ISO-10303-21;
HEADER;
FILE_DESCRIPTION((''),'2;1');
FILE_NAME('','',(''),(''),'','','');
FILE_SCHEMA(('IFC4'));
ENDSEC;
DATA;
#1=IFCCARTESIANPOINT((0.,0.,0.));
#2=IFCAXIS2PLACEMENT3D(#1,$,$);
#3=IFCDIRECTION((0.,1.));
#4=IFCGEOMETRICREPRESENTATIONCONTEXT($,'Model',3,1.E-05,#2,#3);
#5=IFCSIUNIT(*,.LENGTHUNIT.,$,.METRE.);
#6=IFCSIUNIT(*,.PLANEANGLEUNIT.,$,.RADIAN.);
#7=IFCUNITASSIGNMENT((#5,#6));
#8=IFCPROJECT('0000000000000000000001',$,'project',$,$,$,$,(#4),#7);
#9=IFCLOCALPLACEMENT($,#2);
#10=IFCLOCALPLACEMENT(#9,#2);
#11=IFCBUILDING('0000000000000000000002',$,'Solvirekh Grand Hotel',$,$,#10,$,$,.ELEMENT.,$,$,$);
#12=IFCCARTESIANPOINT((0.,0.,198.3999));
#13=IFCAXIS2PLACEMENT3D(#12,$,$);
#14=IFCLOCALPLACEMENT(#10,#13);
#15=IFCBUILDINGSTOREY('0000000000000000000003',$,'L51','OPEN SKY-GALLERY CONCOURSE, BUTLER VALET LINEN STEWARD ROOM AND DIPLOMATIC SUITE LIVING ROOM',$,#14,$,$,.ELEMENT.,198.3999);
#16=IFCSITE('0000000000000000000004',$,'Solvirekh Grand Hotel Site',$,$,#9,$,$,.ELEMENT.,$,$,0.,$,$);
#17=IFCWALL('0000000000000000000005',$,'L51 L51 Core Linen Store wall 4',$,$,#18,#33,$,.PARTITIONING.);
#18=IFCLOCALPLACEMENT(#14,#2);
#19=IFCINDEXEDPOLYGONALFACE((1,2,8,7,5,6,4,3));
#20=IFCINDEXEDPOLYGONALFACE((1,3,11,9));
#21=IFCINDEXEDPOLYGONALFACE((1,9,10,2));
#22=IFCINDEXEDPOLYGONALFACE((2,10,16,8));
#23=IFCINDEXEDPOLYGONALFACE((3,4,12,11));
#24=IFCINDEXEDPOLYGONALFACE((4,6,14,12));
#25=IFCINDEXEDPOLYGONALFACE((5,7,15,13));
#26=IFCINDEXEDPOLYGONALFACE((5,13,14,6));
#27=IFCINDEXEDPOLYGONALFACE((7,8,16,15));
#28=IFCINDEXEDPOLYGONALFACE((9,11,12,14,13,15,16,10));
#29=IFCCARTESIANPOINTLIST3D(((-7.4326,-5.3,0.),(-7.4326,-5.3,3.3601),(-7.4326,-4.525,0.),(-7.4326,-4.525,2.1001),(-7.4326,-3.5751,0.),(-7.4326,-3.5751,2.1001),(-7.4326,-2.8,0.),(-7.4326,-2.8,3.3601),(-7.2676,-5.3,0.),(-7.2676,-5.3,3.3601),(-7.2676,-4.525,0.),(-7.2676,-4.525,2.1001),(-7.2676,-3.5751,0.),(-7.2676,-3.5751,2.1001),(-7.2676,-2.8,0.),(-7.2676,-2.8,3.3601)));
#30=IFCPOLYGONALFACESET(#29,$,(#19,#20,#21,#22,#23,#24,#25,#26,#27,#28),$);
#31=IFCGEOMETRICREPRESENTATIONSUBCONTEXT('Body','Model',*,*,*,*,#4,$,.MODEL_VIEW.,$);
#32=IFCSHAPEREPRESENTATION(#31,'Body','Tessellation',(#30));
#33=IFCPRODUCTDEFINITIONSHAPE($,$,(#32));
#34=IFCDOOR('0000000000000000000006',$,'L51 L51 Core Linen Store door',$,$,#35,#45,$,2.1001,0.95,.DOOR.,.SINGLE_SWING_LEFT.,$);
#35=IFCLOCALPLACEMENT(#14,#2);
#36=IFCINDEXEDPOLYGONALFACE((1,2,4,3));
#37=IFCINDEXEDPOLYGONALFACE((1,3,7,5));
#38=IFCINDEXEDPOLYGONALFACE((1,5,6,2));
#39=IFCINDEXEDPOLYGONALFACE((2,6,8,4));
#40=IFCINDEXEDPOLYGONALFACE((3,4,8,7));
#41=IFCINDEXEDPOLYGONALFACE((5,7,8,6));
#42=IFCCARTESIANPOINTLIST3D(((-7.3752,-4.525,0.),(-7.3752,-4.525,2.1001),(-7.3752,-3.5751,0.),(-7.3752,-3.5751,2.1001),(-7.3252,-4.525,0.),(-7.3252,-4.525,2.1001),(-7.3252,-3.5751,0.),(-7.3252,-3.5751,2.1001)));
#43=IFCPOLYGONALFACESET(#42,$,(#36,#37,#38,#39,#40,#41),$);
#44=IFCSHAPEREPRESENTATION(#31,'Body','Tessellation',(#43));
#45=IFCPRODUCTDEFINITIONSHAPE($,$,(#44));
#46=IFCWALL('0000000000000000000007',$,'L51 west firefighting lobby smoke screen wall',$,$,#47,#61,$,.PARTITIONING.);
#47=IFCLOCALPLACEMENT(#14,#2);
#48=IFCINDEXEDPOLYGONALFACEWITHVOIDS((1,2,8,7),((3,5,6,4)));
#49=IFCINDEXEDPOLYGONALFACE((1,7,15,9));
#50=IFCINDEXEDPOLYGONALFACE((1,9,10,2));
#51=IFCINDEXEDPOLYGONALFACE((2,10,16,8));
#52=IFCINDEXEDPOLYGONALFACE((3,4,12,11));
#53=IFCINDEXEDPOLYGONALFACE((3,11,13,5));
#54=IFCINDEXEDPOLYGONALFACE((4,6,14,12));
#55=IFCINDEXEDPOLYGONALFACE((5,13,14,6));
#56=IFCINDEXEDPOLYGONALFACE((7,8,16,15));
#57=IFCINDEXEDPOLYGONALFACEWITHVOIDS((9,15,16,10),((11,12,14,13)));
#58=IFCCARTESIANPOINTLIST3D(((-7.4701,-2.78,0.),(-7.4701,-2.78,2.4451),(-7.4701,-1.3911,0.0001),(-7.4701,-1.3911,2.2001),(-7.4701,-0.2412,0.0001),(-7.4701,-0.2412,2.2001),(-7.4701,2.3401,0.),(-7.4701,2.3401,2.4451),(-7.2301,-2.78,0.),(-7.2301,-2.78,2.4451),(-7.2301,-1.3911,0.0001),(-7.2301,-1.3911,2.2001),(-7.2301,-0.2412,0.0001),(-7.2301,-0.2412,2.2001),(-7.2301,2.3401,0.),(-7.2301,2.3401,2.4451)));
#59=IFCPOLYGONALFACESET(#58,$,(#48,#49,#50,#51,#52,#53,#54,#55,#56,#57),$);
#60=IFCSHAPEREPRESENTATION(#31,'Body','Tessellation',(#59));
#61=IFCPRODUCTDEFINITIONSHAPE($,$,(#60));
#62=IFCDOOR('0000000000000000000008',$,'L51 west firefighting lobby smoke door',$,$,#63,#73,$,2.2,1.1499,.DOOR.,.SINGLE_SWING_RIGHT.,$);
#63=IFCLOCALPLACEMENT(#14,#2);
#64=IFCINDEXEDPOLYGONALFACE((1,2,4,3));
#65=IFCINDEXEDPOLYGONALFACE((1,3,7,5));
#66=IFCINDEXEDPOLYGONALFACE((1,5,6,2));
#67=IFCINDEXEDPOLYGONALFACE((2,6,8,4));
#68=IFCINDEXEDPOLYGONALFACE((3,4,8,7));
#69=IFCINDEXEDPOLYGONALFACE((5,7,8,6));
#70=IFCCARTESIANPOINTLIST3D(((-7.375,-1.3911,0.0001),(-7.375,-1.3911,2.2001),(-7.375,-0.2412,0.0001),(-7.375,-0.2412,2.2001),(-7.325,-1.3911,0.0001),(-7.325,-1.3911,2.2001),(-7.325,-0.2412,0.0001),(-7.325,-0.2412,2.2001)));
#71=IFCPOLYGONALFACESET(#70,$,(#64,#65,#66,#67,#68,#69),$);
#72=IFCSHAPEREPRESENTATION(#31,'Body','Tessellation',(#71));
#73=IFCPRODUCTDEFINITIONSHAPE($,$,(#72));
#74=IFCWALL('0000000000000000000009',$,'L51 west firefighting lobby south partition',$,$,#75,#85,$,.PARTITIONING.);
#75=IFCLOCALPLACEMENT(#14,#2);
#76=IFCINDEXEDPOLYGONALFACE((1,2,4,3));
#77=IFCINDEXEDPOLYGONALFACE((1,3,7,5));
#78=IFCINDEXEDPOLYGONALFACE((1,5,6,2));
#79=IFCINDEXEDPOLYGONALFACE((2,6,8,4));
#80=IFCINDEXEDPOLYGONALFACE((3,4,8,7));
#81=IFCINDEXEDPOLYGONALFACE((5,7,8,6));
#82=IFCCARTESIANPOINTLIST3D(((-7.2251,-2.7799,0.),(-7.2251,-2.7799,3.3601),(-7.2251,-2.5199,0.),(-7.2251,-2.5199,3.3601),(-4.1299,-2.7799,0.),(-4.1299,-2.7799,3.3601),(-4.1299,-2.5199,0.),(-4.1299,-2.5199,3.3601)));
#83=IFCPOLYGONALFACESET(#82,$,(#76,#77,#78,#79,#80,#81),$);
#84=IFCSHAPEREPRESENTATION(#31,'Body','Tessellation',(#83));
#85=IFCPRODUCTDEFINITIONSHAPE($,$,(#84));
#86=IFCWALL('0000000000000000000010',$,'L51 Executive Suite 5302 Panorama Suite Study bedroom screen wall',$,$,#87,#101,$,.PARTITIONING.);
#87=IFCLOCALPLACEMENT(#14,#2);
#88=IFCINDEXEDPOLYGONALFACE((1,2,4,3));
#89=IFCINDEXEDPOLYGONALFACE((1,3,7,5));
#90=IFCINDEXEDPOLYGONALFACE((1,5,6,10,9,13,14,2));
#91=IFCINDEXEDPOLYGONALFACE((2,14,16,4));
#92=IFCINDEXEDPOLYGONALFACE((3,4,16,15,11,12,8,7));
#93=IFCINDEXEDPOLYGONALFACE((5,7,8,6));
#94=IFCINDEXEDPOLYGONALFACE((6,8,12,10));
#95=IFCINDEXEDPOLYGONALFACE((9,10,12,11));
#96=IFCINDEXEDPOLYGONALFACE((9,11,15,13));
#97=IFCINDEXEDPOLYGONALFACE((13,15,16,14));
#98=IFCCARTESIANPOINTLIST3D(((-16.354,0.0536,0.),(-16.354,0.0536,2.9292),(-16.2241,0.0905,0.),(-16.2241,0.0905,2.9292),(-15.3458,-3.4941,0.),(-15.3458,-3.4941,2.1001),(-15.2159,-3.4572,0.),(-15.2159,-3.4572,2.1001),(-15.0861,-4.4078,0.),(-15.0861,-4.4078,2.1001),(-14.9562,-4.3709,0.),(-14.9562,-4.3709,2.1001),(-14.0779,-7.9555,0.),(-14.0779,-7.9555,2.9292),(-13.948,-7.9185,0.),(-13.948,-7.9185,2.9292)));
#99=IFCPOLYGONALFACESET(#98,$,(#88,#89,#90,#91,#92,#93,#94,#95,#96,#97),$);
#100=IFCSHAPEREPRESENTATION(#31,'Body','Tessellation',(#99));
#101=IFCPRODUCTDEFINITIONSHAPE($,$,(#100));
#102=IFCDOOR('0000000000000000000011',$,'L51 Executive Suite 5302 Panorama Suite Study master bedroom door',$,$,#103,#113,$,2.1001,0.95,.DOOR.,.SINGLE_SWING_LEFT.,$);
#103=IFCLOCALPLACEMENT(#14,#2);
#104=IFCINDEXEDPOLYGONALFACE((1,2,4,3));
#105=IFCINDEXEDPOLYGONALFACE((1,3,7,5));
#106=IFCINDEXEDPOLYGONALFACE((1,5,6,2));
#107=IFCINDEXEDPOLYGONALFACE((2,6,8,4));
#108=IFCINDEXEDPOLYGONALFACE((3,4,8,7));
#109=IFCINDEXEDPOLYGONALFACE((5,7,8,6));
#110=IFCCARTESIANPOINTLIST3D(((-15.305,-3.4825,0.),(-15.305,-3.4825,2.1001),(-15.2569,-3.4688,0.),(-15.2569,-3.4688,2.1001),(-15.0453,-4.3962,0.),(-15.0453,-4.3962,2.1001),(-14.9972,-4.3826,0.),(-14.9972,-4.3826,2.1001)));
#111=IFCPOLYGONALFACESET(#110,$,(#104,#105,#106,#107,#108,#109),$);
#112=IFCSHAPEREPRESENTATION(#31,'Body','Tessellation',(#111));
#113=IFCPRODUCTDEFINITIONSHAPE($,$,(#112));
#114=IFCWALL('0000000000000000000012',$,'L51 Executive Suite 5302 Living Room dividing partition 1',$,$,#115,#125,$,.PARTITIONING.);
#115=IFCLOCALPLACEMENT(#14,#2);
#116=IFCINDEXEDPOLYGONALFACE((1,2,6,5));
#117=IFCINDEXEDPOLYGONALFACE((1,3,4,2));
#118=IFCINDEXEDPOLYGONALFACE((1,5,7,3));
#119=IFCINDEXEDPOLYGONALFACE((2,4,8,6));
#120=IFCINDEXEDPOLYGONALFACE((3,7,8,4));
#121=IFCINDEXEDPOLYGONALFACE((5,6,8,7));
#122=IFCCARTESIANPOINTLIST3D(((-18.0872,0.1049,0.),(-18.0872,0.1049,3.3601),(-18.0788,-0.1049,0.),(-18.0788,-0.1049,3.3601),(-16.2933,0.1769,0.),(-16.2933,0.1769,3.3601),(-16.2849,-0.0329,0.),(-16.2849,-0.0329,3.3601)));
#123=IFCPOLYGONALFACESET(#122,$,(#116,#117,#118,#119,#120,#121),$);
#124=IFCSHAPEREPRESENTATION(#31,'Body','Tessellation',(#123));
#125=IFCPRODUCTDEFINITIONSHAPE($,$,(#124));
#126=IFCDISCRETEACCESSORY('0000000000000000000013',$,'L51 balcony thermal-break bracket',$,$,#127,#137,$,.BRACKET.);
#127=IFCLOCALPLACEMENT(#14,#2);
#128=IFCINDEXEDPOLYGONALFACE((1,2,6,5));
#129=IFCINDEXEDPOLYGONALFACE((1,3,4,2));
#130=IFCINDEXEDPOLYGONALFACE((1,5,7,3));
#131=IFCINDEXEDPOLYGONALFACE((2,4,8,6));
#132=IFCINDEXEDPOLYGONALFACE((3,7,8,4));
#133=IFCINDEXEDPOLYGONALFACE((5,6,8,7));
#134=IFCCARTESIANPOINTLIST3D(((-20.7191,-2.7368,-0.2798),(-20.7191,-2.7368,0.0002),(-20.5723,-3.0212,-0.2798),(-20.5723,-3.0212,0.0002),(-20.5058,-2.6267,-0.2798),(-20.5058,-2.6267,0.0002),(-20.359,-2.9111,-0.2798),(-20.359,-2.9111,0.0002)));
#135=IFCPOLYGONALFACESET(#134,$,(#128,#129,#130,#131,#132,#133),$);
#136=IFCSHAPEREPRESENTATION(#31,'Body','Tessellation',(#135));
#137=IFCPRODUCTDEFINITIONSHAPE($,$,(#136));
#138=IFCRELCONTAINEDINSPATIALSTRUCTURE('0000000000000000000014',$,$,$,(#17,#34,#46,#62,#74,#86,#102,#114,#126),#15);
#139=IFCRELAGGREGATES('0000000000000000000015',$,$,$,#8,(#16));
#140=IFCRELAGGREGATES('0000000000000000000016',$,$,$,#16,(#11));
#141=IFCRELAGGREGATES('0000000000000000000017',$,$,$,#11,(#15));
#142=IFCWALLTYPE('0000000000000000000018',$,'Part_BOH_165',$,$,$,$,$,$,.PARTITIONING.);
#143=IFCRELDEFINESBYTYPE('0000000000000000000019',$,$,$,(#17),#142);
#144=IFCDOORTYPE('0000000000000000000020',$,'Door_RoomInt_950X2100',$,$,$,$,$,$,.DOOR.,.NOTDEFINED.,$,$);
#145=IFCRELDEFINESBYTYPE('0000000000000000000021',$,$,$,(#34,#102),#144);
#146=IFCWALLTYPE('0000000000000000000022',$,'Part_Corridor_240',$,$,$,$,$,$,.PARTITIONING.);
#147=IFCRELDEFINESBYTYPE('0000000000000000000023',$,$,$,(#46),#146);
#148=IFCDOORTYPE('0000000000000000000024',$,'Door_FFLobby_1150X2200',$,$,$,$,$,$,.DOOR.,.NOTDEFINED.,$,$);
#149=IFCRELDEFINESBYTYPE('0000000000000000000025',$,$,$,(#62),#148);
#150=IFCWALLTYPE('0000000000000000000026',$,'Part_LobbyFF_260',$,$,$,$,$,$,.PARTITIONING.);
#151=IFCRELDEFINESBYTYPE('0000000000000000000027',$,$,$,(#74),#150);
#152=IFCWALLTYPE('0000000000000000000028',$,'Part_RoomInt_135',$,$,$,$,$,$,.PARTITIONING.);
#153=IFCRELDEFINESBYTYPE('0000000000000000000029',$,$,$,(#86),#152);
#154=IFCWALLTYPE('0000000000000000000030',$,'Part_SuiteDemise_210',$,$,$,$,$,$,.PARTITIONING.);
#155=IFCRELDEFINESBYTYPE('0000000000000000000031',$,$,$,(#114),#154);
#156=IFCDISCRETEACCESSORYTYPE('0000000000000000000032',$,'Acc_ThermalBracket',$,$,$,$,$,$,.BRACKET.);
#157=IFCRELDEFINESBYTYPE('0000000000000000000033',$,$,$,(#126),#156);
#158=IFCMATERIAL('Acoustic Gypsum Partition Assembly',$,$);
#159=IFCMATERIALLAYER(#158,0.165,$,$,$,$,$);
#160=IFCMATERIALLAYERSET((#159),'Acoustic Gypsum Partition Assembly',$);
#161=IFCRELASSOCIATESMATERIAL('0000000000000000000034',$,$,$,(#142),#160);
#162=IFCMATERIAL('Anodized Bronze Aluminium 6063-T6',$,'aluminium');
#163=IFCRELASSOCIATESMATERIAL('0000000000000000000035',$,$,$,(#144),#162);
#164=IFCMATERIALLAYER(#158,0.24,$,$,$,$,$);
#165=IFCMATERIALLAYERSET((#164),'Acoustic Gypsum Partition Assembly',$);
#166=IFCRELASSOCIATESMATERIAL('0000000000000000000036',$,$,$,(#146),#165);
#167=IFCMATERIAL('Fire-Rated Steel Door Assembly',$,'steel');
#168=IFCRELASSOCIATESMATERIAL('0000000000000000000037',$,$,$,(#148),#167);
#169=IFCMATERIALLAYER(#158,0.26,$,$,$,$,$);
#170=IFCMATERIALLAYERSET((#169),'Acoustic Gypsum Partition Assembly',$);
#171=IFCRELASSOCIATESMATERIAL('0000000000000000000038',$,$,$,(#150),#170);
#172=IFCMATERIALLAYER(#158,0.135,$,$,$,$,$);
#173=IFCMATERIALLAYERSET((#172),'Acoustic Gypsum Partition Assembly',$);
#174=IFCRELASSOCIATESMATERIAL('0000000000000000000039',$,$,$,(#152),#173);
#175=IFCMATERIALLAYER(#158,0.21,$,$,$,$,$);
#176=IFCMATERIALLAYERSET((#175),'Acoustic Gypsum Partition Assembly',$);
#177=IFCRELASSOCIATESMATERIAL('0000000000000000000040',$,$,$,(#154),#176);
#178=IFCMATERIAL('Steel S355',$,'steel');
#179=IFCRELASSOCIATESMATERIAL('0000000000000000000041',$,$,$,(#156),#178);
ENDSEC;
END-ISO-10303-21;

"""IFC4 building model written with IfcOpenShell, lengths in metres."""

from ifc_helpers import new_model, si_unit, direction, frame, frame_2d, origin, origin_2d, place, context, subcontext, project, spatial, rectangle, extrude, material, layer, layer_set, type_object, element, fill, save


model = new_model("IFC4")

# Units and contexts
model_context = context("Model", 3, precision=1e-05, world=origin(), true_north=direction((0.0, 1.0)))
body_context = subcontext(model_context, "Body", "Model", "MODEL_VIEW")
ifc_project = project(units=[si_unit("LENGTHUNIT", "METRE"), si_unit("PLANEANGLEUNIT", "RADIAN")], contexts=[model_context])

# Site, building, storey
site_placement = place(None, origin())
site = spatial("IfcSite", under=ifc_project, at=site_placement, Name="Solvirekh Grand Hotel Site", CompositionType="ELEMENT", RefElevation=0.0)
building_placement = place(site_placement, origin())
building = spatial("IfcBuilding", under=site, at=building_placement, Name="Solvirekh Grand Hotel", CompositionType="ELEMENT")
storey_placement = place(building_placement, frame((0.0, 0.0, 198.3999)))
storey = spatial("IfcBuildingStorey", under=building, at=storey_placement, Name="L51", Description="OPEN SKY-GALLERY CONCOURSE, BUTLER VALET LINEN STEWARD ROOM AND DIPLOMATIC SUITE LIVING ROOM", CompositionType="ELEMENT", Elevation=198.3999)

# Shared definitions
ifc_material_1 = material(Name="Steel S355", Category="steel")

# Shared definitions
ifc_material_2 = material(Name="Acoustic Gypsum Partition Assembly")
ifc_layer_1 = layer(ifc_material_2, 0.165)
ifc_layer_set_1 = layer_set([ifc_layer_1], Name="Acoustic Gypsum Partition Assembly")
wall_type_1 = type_object("IfcWallType", Name="Part_BOH_165", PredefinedType="PARTITIONING", material=ifc_layer_set_1)

# Walls, openings, doors
wall_1_placement = place(storey_placement, frame((-7.3501, -2.8, 0.0), z_axis=(0.0, 0.0, 1.0), x_axis=(0.0, -1.0, 0.0)))
wall_1 = element("IfcWall", 1, at=wall_1_placement, inside=storey, type_object=wall_type_1, Name="L51 L51 Core Linen Store wall 4", PredefinedType="PARTITIONING", context=body_context, shape_type="SweptSolid", body=[
    extrude(rectangle(XDim=2.5, YDim=0.165, at=frame_2d((1.25, 0.0))), origin(), (0.0, 0.0, 1.0), 3.3601),
])
opening_1_placement = place(wall_1_placement, frame((0.7749, 0.0, 0.0)))
opening_1 = element("IfcOpeningElement", 2, at=opening_1_placement, cuts=wall_1, PredefinedType="OPENING", context=body_context, shape_type="SweptSolid", body=[
    extrude(rectangle(XDim=0.95, YDim=2.1001, at=frame_2d((0.4751, 1.05))), frame((0.0, 0.0925, 0.0), z_axis=(0.0, -1.0, 0.0), x_axis=(1.0, 0.0, 0.0)), (0.0, 0.0, 1.0), 0.1851),
])
ifc_material_3 = material(Name="Anodized Bronze Aluminium 6063-T6", Category="aluminium")
door_type_1 = type_object("IfcDoorType", Name="Door_RoomInt_950X2100", OperationType="NOTDEFINED", PredefinedType="DOOR", material=ifc_material_3)
door_1_placement = place(opening_1_placement, origin())
door_1 = element("IfcDoor", 3, at=door_1_placement, inside=storey, type_object=door_type_1, Name="L51 L51 Core Linen Store door", OperationType="SINGLE_SWING_LEFT", OverallHeight=2.1001, OverallWidth=0.95, PredefinedType="DOOR", context=body_context, shape_type="SweptSolid", body=[
    extrude(rectangle(XDim=0.95, YDim=2.1001, at=frame_2d((0.4751, 1.05))), frame((0.0, 0.0249, 0.0), z_axis=(0.0, -1.0, 0.0), x_axis=(1.0, 0.0, 0.0)), (0.0, 0.0, 1.0), 0.05),
])
fill(opening_1, door_1)
ifc_layer_2 = layer(ifc_material_2, 0.24)
ifc_layer_set_2 = layer_set([ifc_layer_2], Name="Acoustic Gypsum Partition Assembly")
wall_type_2 = type_object("IfcWallType", Name="Part_Corridor_240", PredefinedType="PARTITIONING", material=ifc_layer_set_2)
wall_2_placement = place(storey_placement, frame((-7.3501, -2.78, 0.0), z_axis=(0.0, 0.0, 1.0), x_axis=(0.0, 1.0, 0.0)))
wall_2 = element("IfcWall", 4, at=wall_2_placement, inside=storey, type_object=wall_type_2, Name="L51 west firefighting lobby smoke screen wall", PredefinedType="PARTITIONING", context=body_context, shape_type="SweptSolid", body=[
    extrude(rectangle(XDim=5.1201, YDim=0.24, at=frame_2d((2.5601, 0.0))), origin(), (0.0, 0.0, 1.0), 2.4451),
])
opening_2_placement = place(wall_2_placement, frame((1.3889, 0.0, 0.0)))
opening_2 = element("IfcOpeningElement", 5, at=opening_2_placement, cuts=wall_2, PredefinedType="OPENING", context=body_context, shape_type="SweptSolid", body=[
    extrude(rectangle(XDim=1.1499, YDim=2.2, at=frame_2d((0.575, 1.1001))), frame((0.0, 0.1299, 0.0), z_axis=(0.0, -1.0, 0.0), x_axis=(1.0, 0.0, 0.0)), (0.0, 0.0, 1.0), 0.26),
])
ifc_material_4 = material(Name="Fire-Rated Steel Door Assembly", Category="steel")
door_type_2 = type_object("IfcDoorType", Name="Door_FFLobby_1150X2200", OperationType="NOTDEFINED", PredefinedType="DOOR", material=ifc_material_4)
door_2_placement = place(opening_2_placement, origin())
door_2 = element("IfcDoor", 6, at=door_2_placement, inside=storey, type_object=door_type_2, Name="L51 west firefighting lobby smoke door", OperationType="SINGLE_SWING_RIGHT", OverallHeight=2.2, OverallWidth=1.1499, PredefinedType="DOOR", context=body_context, shape_type="SweptSolid", body=[
    extrude(rectangle(XDim=1.1499, YDim=2.2, at=frame_2d((0.575, 1.1001))), frame((0.0, 0.0249, 0.0), z_axis=(0.0, -1.0, 0.0), x_axis=(1.0, 0.0, 0.0)), (0.0, 0.0, 1.0), 0.05),
])
fill(opening_2, door_2)

# Wall
ifc_layer_3 = layer(ifc_material_2, 0.26)
ifc_layer_set_3 = layer_set([ifc_layer_3], Name="Acoustic Gypsum Partition Assembly")
wall_type_3 = type_object("IfcWallType", Name="Part_LobbyFF_260", PredefinedType="PARTITIONING", material=ifc_layer_set_3)
wall_3_placement = place(storey_placement, frame((-7.2251, -2.6499, 0.0), z_axis=(0.0, 0.0, 1.0), x_axis=(1.0, 0.0, 0.0)))
element("IfcWall", 7, at=wall_3_placement, inside=storey, type_object=wall_type_3, Name="L51 west firefighting lobby south partition", PredefinedType="PARTITIONING", context=body_context, shape_type="SweptSolid", body=[
    extrude(rectangle(XDim=3.0952, YDim=0.26, at=frame_2d((1.5476, 0.0))), origin(), (0.0, 0.0, 1.0), 3.3601),
])

# Wall, opening, door
ifc_layer_4 = layer(ifc_material_2, 0.135)
ifc_layer_set_4 = layer_set([ifc_layer_4], Name="Acoustic Gypsum Partition Assembly")
wall_type_4 = type_object("IfcWallType", Name="Part_RoomInt_135", PredefinedType="PARTITIONING", material=ifc_layer_set_4)
wall_4_placement = place(storey_placement, frame((-16.2891, 0.072, 0.0), z_axis=(0.0, 0.0, 1.0), x_axis=(0.273369, -0.961909, 0.0)))
wall_4 = element("IfcWall", 8, at=wall_4_placement, inside=storey, type_object=wall_type_4, Name="L51 Executive Suite 5302 Panorama Suite Study bedroom screen wall", PredefinedType="PARTITIONING", context=body_context, shape_type="SweptSolid", body=[
    extrude(rectangle(XDim=8.3262, YDim=0.135, at=frame_2d((4.1631, 0.0))), origin(), (0.0, 0.0, 1.0), 2.9292),
])
opening_3_placement = place(wall_4_placement, frame((3.688, 0.0, 0.0)))
opening_3 = element("IfcOpeningElement", 9, at=opening_3_placement, cuts=wall_4, PredefinedType="OPENING", context=body_context, shape_type="SweptSolid", body=[
    extrude(rectangle(XDim=0.95, YDim=2.1001, at=frame_2d((0.4751, 1.05))), frame((0.0, 0.0776, 0.0), z_axis=(0.0, -1.0, 0.0), x_axis=(1.0, 0.0, 0.0)), (0.0, 0.0, 1.0), 0.155),
])
door_3_placement = place(opening_3_placement, origin())
door_3 = element("IfcDoor", 10, at=door_3_placement, inside=storey, type_object=door_type_1, Name="L51 Executive Suite 5302 Panorama Suite Study master bedroom door", OperationType="SINGLE_SWING_LEFT", OverallHeight=2.1001, OverallWidth=0.95, PredefinedType="DOOR", context=body_context, shape_type="SweptSolid", body=[
    extrude(rectangle(XDim=0.95, YDim=2.1001, at=frame_2d((0.4751, 1.05))), frame((0.0, 0.0249, 0.0), z_axis=(0.0, -1.0, 0.0), x_axis=(1.0, 0.0, 0.0)), (0.0, 0.0, 1.0), 0.05),
])
fill(opening_3, door_3)

# Wall
ifc_layer_5 = layer(ifc_material_2, 0.21)
ifc_layer_set_5 = layer_set([ifc_layer_5], Name="Acoustic Gypsum Partition Assembly")
wall_type_5 = type_object("IfcWallType", Name="Part_SuiteDemise_210", PredefinedType="PARTITIONING", material=ifc_layer_set_5)
wall_5_placement = place(storey_placement, frame((-16.2891, 0.072, 0.0), z_axis=(0.0, 0.0, 1.0), x_axis=(-0.999195, -0.040115, 0.0)))
element("IfcWall", 11, at=wall_5_placement, inside=storey, type_object=wall_type_5, Name="L51 Executive Suite 5302 Living Room dividing partition 1", PredefinedType="PARTITIONING", context=body_context, shape_type="SweptSolid", body=[
    extrude(rectangle(XDim=1.7954, YDim=0.21, at=frame_2d((0.8977, 0.0))), origin(), (0.0, 0.0, 1.0), 3.3601),
])

# Discrete accessory
discrete_accessory_type = type_object("IfcDiscreteAccessoryType", Name="Acc_ThermalBracket", PredefinedType="BRACKET", material=ifc_material_1)
discrete_accessory_placement = place(storey_placement, frame((-20.5391, -2.824, -0.2798), z_axis=(0.0, 0.0, 1.0), x_axis=(0.45865, -0.888617, 0.0)))
element("IfcDiscreteAccessory", 12, at=discrete_accessory_placement, inside=storey, type_object=discrete_accessory_type, Name="L51 balcony thermal-break bracket", PredefinedType="BRACKET", context=body_context, shape_type="SweptSolid", body=[
    extrude(rectangle(XDim=0.3201, YDim=0.24, at=origin_2d()), origin(), (0.0, 0.0, 1.0), 0.28),
])

save(model, "model.ifc")
